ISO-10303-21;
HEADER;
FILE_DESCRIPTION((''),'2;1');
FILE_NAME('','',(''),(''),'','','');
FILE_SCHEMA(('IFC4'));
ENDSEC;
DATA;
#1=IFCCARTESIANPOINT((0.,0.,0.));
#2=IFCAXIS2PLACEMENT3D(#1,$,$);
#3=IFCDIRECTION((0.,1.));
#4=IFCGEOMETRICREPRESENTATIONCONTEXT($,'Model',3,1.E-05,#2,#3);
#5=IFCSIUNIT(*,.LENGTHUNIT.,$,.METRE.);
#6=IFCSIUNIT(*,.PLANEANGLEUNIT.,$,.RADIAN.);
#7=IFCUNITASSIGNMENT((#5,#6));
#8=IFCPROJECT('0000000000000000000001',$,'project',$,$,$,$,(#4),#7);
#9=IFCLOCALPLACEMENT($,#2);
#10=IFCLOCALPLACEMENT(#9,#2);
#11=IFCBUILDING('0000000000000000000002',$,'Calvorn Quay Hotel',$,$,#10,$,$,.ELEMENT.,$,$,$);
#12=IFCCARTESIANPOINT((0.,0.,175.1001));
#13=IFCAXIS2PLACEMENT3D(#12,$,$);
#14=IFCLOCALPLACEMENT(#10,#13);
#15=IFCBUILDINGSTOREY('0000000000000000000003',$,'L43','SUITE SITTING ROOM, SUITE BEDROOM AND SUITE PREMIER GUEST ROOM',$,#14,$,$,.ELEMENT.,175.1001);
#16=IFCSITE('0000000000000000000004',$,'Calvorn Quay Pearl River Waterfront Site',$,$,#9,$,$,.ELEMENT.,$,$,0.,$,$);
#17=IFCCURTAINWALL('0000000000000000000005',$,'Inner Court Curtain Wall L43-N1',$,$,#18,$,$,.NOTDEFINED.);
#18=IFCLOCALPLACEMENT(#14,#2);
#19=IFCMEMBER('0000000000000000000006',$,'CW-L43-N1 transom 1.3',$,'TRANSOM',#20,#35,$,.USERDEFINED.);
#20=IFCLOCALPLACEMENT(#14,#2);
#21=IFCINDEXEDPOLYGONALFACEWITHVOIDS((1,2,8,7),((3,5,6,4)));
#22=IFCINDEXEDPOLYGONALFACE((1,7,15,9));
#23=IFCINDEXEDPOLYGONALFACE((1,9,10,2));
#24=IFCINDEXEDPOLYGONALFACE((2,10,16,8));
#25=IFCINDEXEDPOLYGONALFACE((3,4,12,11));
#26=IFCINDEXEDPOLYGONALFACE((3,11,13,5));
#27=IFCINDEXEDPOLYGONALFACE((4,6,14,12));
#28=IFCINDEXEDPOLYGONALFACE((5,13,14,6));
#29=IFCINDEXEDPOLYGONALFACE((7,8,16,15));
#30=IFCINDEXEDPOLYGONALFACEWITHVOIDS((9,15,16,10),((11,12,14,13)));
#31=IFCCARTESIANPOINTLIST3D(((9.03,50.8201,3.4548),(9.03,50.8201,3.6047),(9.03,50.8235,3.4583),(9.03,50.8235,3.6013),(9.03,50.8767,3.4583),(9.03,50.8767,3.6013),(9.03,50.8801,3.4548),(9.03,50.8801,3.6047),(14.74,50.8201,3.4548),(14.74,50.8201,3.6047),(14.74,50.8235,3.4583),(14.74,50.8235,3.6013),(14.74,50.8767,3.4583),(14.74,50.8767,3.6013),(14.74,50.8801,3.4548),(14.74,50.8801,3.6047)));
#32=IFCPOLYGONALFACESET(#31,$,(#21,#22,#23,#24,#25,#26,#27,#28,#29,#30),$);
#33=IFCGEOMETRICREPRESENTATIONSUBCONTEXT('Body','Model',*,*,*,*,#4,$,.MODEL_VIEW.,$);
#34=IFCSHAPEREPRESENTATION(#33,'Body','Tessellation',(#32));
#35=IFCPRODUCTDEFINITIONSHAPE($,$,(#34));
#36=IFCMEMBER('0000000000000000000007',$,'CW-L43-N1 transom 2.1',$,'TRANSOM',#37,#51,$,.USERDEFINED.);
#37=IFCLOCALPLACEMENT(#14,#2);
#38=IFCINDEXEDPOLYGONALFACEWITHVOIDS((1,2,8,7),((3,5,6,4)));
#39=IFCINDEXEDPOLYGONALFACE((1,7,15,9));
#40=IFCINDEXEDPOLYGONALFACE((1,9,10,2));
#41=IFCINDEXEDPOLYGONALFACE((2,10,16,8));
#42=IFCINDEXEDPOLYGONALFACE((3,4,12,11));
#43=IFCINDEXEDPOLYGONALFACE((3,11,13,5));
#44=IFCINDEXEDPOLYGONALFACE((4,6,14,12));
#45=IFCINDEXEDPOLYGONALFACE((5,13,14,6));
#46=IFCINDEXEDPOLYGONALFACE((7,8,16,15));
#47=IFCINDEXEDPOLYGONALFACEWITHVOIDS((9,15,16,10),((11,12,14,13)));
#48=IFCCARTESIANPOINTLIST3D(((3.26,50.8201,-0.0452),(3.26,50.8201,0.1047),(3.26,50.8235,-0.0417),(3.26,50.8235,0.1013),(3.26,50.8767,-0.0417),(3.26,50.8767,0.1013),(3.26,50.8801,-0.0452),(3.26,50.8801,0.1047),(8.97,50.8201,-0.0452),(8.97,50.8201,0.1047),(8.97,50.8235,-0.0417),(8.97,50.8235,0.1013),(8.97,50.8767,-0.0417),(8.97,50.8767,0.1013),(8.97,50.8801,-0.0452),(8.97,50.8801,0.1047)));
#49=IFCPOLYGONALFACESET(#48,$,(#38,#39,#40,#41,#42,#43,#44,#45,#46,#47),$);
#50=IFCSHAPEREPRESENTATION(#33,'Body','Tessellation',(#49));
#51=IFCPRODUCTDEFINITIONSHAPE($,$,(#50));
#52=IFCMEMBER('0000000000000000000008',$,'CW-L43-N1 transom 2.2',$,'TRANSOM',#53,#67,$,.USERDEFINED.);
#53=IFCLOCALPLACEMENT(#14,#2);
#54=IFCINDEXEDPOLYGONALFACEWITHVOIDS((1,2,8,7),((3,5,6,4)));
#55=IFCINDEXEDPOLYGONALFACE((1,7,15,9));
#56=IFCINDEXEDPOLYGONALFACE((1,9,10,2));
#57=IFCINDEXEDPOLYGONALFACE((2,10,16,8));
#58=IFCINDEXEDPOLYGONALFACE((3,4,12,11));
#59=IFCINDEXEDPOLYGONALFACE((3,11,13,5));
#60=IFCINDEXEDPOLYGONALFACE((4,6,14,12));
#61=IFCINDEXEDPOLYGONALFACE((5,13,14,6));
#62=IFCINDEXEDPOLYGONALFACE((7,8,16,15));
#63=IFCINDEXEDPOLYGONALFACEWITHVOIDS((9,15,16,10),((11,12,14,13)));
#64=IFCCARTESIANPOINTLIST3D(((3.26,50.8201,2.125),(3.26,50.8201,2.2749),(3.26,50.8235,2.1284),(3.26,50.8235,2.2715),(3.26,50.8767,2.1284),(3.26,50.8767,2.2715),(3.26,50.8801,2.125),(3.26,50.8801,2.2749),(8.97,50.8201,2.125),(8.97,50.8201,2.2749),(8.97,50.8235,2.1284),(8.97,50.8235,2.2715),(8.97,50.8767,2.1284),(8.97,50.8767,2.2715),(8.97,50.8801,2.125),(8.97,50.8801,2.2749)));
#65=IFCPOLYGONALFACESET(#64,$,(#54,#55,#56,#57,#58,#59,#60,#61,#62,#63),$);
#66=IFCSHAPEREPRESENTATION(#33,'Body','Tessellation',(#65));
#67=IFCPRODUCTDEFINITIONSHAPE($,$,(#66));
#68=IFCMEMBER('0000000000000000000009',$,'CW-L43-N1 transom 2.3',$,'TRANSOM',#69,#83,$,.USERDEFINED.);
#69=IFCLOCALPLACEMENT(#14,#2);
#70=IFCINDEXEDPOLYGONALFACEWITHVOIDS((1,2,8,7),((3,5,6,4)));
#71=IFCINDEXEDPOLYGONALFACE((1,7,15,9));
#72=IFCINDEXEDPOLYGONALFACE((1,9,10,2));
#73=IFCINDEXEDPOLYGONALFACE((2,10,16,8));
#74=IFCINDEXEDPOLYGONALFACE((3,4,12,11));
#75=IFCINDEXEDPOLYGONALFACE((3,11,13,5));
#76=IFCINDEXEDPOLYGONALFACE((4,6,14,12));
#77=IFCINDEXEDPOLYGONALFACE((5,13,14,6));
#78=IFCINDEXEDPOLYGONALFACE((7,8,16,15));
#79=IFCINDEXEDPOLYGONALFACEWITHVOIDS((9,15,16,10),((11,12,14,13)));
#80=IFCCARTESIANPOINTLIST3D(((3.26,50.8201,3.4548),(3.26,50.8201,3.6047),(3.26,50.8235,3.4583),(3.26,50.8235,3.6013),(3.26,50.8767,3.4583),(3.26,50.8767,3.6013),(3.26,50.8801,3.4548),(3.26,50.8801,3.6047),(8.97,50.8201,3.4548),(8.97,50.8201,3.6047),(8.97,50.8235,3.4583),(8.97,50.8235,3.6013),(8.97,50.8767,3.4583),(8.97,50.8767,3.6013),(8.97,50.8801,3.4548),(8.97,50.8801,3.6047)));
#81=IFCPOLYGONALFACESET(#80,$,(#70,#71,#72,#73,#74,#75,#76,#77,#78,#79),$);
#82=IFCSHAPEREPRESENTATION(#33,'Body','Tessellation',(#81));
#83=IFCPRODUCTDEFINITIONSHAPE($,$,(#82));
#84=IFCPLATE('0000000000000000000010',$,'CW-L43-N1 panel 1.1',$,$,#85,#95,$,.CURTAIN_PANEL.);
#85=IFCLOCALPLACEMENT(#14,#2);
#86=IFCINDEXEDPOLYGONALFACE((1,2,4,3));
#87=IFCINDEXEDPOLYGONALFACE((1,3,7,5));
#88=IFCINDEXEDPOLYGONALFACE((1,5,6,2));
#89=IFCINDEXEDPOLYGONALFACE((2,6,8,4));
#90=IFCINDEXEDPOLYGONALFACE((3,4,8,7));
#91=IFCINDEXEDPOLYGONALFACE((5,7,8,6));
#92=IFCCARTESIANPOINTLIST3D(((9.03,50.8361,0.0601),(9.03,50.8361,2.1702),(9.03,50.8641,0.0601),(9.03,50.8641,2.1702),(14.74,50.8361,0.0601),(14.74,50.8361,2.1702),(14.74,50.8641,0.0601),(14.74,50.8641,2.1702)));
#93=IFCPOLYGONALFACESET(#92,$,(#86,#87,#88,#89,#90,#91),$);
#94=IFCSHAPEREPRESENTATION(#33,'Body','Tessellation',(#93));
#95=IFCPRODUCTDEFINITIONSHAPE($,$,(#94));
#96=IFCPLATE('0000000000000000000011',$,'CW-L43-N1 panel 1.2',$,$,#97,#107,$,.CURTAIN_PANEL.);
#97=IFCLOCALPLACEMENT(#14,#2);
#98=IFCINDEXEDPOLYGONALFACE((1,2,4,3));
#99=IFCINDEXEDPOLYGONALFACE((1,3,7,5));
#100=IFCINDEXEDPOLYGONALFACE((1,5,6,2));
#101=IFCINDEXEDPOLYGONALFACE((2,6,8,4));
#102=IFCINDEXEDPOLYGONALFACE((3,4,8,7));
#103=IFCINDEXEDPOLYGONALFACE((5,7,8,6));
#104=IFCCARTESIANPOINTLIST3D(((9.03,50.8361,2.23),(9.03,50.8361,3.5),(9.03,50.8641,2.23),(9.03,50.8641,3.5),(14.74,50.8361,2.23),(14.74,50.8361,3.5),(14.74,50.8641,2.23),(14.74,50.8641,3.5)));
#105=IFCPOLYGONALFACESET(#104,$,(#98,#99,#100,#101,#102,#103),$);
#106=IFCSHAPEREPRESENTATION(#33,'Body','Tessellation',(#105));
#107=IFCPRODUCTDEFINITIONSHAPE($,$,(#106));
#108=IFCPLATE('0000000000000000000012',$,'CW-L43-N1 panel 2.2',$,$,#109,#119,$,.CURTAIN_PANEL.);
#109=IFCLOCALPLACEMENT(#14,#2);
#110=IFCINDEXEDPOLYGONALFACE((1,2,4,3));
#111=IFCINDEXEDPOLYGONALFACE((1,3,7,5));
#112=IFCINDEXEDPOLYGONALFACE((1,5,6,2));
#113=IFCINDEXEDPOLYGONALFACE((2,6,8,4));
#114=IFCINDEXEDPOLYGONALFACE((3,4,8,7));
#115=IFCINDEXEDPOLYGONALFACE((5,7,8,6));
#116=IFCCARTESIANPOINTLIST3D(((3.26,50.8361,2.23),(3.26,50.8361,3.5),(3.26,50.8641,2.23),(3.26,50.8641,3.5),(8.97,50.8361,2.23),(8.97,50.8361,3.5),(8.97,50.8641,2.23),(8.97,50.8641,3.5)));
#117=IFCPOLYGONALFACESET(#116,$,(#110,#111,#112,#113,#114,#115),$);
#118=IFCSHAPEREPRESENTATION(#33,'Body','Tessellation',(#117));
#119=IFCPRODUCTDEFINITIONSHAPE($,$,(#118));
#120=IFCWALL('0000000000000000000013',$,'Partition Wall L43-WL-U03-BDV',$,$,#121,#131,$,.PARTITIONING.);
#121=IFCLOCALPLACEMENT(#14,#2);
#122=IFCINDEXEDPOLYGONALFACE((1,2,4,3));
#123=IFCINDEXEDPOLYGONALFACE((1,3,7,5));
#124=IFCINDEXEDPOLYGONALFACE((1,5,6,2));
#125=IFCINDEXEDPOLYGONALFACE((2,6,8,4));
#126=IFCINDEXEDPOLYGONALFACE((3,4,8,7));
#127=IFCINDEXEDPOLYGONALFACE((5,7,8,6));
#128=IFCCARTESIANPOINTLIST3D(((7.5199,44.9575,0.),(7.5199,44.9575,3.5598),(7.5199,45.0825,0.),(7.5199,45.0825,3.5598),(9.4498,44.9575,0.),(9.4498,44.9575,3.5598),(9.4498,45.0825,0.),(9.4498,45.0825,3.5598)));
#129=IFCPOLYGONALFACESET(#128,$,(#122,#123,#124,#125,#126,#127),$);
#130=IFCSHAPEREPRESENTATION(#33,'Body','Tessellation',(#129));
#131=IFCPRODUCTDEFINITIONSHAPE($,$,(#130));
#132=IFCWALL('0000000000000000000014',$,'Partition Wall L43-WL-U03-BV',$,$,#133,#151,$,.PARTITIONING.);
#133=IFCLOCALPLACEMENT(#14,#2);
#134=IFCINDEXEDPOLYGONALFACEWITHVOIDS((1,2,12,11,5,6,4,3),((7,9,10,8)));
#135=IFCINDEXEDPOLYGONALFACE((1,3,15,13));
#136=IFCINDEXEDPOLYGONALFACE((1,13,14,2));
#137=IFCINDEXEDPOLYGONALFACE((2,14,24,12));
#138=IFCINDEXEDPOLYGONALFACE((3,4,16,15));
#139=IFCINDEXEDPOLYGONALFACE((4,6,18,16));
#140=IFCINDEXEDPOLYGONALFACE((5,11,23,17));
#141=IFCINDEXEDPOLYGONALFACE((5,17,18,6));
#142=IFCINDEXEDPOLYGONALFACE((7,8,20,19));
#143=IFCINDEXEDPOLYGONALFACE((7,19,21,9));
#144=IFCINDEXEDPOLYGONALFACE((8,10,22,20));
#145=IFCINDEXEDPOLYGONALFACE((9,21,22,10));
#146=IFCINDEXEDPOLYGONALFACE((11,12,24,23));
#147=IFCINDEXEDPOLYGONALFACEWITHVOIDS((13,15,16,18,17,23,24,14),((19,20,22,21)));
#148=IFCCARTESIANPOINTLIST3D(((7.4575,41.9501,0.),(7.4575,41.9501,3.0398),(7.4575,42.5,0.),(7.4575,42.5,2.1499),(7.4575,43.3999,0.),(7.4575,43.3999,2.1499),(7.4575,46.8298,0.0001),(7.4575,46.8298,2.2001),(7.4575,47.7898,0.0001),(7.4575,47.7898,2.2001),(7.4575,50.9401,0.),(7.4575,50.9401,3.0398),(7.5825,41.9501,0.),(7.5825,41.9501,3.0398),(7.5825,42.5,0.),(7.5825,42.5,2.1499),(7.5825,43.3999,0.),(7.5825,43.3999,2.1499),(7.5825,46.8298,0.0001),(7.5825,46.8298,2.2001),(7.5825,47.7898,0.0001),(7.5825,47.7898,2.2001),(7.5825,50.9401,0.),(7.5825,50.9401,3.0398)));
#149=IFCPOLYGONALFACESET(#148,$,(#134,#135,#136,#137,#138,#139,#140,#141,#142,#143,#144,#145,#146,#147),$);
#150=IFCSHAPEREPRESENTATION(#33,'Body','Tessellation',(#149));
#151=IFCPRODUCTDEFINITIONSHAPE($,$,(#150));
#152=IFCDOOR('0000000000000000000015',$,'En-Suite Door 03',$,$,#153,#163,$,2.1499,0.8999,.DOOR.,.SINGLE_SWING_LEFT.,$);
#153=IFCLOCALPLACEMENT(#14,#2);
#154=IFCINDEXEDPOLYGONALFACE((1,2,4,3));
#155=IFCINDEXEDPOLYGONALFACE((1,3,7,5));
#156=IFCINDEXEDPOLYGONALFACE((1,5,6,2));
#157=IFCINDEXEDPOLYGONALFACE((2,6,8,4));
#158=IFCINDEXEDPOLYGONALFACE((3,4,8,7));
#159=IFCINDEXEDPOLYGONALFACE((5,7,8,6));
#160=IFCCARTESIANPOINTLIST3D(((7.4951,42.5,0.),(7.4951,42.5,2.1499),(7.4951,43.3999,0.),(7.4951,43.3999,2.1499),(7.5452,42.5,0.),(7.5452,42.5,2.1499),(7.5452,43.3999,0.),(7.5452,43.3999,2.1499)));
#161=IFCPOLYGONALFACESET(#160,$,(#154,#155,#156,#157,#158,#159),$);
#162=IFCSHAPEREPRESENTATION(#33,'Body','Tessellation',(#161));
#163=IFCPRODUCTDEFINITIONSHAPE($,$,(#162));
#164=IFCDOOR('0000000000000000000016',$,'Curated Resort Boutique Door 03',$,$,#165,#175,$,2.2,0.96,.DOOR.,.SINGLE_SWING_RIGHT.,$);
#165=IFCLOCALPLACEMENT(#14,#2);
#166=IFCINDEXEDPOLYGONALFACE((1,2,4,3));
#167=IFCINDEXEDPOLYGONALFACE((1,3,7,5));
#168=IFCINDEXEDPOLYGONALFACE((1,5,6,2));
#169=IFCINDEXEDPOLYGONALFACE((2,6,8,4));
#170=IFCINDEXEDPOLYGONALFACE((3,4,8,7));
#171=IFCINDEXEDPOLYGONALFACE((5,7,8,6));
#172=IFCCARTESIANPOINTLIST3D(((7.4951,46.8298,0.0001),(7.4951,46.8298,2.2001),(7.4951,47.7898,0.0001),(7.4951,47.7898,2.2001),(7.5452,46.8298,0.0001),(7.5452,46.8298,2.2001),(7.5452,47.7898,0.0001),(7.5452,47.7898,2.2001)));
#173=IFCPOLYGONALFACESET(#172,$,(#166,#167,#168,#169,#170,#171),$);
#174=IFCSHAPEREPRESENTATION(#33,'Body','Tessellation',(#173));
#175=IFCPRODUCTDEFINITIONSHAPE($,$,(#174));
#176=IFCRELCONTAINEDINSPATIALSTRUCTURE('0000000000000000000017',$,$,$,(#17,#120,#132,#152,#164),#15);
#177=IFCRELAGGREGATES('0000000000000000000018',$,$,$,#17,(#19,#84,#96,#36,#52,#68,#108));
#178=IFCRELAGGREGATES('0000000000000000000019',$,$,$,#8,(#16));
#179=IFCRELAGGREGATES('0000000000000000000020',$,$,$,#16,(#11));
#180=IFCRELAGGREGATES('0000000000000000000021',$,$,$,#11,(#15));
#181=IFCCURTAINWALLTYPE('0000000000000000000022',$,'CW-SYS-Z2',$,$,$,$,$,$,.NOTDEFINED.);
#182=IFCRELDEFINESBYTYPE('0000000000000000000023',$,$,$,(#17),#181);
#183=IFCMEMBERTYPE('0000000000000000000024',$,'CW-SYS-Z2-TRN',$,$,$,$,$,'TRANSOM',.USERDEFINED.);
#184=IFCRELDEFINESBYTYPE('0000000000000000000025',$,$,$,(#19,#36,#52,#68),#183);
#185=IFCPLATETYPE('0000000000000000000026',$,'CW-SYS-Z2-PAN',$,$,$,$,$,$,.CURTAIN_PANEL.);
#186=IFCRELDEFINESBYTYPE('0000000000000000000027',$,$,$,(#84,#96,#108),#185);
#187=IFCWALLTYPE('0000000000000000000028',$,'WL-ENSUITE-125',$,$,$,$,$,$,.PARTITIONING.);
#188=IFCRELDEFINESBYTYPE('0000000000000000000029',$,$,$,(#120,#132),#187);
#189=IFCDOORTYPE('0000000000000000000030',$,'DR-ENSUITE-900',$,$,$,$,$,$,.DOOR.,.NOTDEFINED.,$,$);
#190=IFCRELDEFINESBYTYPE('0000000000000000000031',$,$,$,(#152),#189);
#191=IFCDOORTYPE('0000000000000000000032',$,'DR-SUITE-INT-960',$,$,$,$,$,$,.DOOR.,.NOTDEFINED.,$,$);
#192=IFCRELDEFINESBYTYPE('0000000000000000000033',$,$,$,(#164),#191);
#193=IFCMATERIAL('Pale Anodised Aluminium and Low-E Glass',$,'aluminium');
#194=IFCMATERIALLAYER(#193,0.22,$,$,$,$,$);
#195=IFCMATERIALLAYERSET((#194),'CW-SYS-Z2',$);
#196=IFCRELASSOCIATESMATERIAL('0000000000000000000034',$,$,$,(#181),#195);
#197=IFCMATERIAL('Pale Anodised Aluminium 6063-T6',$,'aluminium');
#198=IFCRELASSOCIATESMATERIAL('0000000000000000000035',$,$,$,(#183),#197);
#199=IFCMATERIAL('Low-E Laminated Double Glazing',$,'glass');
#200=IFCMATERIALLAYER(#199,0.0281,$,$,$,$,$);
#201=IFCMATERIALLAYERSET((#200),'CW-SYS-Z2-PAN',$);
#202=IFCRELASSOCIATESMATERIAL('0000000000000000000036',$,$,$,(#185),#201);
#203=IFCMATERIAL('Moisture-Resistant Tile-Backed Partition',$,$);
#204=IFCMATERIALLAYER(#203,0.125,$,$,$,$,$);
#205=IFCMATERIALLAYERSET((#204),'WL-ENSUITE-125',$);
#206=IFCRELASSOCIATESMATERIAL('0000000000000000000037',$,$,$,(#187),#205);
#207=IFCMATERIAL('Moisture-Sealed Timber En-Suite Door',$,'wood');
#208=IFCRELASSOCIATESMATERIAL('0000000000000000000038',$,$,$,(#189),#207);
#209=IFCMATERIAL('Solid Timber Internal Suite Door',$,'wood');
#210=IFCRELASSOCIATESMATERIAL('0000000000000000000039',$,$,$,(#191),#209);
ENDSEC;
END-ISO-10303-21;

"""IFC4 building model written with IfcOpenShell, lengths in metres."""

from ifc_helpers import new_model, si_unit, direction, frame, frame_2d, origin, origin_2d, place, context, subcontext, project, spatial, rectangle, hollow_rectangle, extrude, material, layer, layer_set, material_profile, profile_set, type_object, element, fill, aggregate, save


model = new_model("IFC4")

# Units and contexts
model_context = context("Model", 3, precision=1e-05, world=origin(), true_north=direction((0.0, 1.0)))
body_context = subcontext(model_context, "Body", "Model", "MODEL_VIEW")
ifc_project = project(units=[si_unit("LENGTHUNIT", "METRE"), si_unit("PLANEANGLEUNIT", "RADIAN")], contexts=[model_context])

# Site, building, storey
site_placement = place(None, origin())
site = spatial("IfcSite", under=ifc_project, at=site_placement, Name="Calvorn Quay Pearl River Waterfront Site", CompositionType="ELEMENT", RefElevation=0.0)
building_placement = place(site_placement, origin())
building = spatial("IfcBuilding", under=site, at=building_placement, Name="Calvorn Quay Hotel", CompositionType="ELEMENT")
storey_placement = place(building_placement, frame((0.0, 0.0, 175.1001)))
storey = spatial("IfcBuildingStorey", under=building, at=storey_placement, Name="L43", Description="SUITE SITTING ROOM, SUITE BEDROOM AND SUITE PREMIER GUEST ROOM", CompositionType="ELEMENT", Elevation=175.1001)

# Curtain wall, members, plates
ifc_material_1 = material(Name="Pale Anodised Aluminium and Low-E Glass", Category="aluminium")
ifc_layer_1 = layer(ifc_material_1, 0.22)
ifc_layer_set_1 = layer_set([ifc_layer_1], Name="CW-SYS-Z2")
curtain_wall_type = type_object("IfcCurtainWallType", Name="CW-SYS-Z2", PredefinedType="NOTDEFINED", material=ifc_layer_set_1)
curtain_wall_placement = place(storey_placement, origin())
curtain_wall = element("IfcCurtainWall", 1, at=curtain_wall_placement, inside=storey, type_object=curtain_wall_type, Name="Inner Court Curtain Wall L43-N1", PredefinedType="NOTDEFINED")
ifc_material_2 = material(Name="Pale Anodised Aluminium 6063-T6", Category="aluminium")
ifc_material_profile_1 = material_profile(ifc_material_2, hollow_rectangle(XDim=0.0601, YDim=0.1499, WallThickness=0.0034, at=origin_2d()), Name="ALU-T150x60x3.5")
ifc_profile_set_1 = profile_set([ifc_material_profile_1], Name="Pale Anodised Aluminium 6063-T6")
member_type_1 = type_object("IfcMemberType", Name="CW-SYS-Z2-TRN", ElementType="TRANSOM", PredefinedType="USERDEFINED", material=ifc_profile_set_1)
member_1_placement = place(storey_placement, frame((14.74, 50.8501, 3.5298), z_axis=(-1.0, 0.0, 0.0), x_axis=(0.0, -1.0, 0.0)))
member_1 = element("IfcMember", 2, at=member_1_placement, type_object=member_type_1, Name="CW-L43-N1 transom 1.3", ObjectType="TRANSOM", PredefinedType="USERDEFINED", context=body_context, shape_type="SweptSolid", body=[
    extrude(hollow_rectangle(XDim=0.0601, YDim=0.1499, WallThickness=0.0034, at=origin_2d()), origin(), (0.0, 0.0, 1.0), 5.71),
])
member_2_placement = place(storey_placement, frame((8.97, 50.8501, 0.0298), z_axis=(-1.0, 0.0, 0.0), x_axis=(0.0, -1.0, 0.0)))
member_2 = element("IfcMember", 3, at=member_2_placement, type_object=member_type_1, Name="CW-L43-N1 transom 2.1", ObjectType="TRANSOM", PredefinedType="USERDEFINED", context=body_context, shape_type="SweptSolid", body=[
    extrude(hollow_rectangle(XDim=0.0601, YDim=0.1499, WallThickness=0.0034, at=origin_2d()), origin(), (0.0, 0.0, 1.0), 5.71),
])
member_3_placement = place(storey_placement, frame((8.97, 50.8501, 2.2), z_axis=(-1.0, 0.0, 0.0), x_axis=(0.0, -1.0, 0.0)))
member_3 = element("IfcMember", 4, at=member_3_placement, type_object=member_type_1, Name="CW-L43-N1 transom 2.2", ObjectType="TRANSOM", PredefinedType="USERDEFINED", context=body_context, shape_type="SweptSolid", body=[
    extrude(hollow_rectangle(XDim=0.0601, YDim=0.1499, WallThickness=0.0034, at=origin_2d()), origin(), (0.0, 0.0, 1.0), 5.71),
])
member_4_placement = place(storey_placement, frame((8.97, 50.8501, 3.5298), z_axis=(-1.0, 0.0, 0.0), x_axis=(0.0, -1.0, 0.0)))
member_4 = element("IfcMember", 5, at=member_4_placement, type_object=member_type_1, Name="CW-L43-N1 transom 2.3", ObjectType="TRANSOM", PredefinedType="USERDEFINED", context=body_context, shape_type="SweptSolid", body=[
    extrude(hollow_rectangle(XDim=0.0601, YDim=0.1499, WallThickness=0.0034, at=origin_2d()), origin(), (0.0, 0.0, 1.0), 5.71),
])
ifc_material_3 = material(Name="Low-E Laminated Double Glazing", Category="glass")
ifc_layer_2 = layer(ifc_material_3, 0.0281)
ifc_layer_set_2 = layer_set([ifc_layer_2], Name="CW-SYS-Z2-PAN")
plate_type = type_object("IfcPlateType", Name="CW-SYS-Z2-PAN", PredefinedType="CURTAIN_PANEL", material=ifc_layer_set_2)
plate_1_placement = place(storey_placement, frame((11.885, 50.8501, 0.0601), z_axis=(0.0, 0.0, 1.0), x_axis=(-1.0, 0.0, 0.0)))
plate_1 = element("IfcPlate", 6, at=plate_1_placement, type_object=plate_type, Name="CW-L43-N1 panel 1.1", PredefinedType="CURTAIN_PANEL", context=body_context, shape_type="SweptSolid", body=[
    extrude(rectangle(XDim=5.71, YDim=0.0281, at=origin_2d()), origin(), (0.0, 0.0, 1.0), 2.1101),
])
plate_2_placement = place(storey_placement, frame((11.885, 50.8501, 2.23), z_axis=(0.0, 0.0, 1.0), x_axis=(-1.0, 0.0, 0.0)))
plate_2 = element("IfcPlate", 7, at=plate_2_placement, type_object=plate_type, Name="CW-L43-N1 panel 1.2", PredefinedType="CURTAIN_PANEL", context=body_context, shape_type="SweptSolid", body=[
    extrude(rectangle(XDim=5.71, YDim=0.0281, at=origin_2d()), origin(), (0.0, 0.0, 1.0), 1.27),
])
plate_3_placement = place(storey_placement, frame((6.115, 50.8501, 2.23), z_axis=(0.0, 0.0, 1.0), x_axis=(-1.0, 0.0, 0.0)))
plate_3 = element("IfcPlate", 8, at=plate_3_placement, type_object=plate_type, Name="CW-L43-N1 panel 2.2", PredefinedType="CURTAIN_PANEL", context=body_context, shape_type="SweptSolid", body=[
    extrude(rectangle(XDim=5.71, YDim=0.0281, at=origin_2d()), origin(), (0.0, 0.0, 1.0), 1.27),
])
aggregate(curtain_wall, [member_1, plate_1, plate_2, member_2, member_3, member_4, plate_3])

# Wall
ifc_material_4 = material(Name="Moisture-Resistant Tile-Backed Partition")
ifc_layer_3 = layer(ifc_material_4, 0.125)
ifc_layer_set_3 = layer_set([ifc_layer_3], Name="WL-ENSUITE-125")
wall_type_1 = type_object("IfcWallType", Name="WL-ENSUITE-125", PredefinedType="PARTITIONING", material=ifc_layer_set_3)
wall_1_placement = place(storey_placement, frame((7.52, 45.02, 0.0), z_axis=(0.0, 0.0, 1.0), x_axis=(1.0, 0.0, 0.0)))
element("IfcWall", 9, at=wall_1_placement, inside=storey, type_object=wall_type_1, Name="Partition Wall L43-WL-U03-BDV", PredefinedType="PARTITIONING", context=body_context, shape_type="SweptSolid", body=[
    extrude(rectangle(XDim=1.9299, YDim=0.125, at=frame_2d((0.9648, 0.0))), origin(), (0.0, 0.0, 1.0), 3.5598),
])

# Wall, openings, doors
wall_2_placement = place(storey_placement, frame((7.52, 41.95, 0.0), z_axis=(0.0, 0.0, 1.0), x_axis=(0.0, 1.0, 0.0)))
wall_2 = element("IfcWall", 10, at=wall_2_placement, inside=storey, type_object=wall_type_1, Name="Partition Wall L43-WL-U03-BV", PredefinedType="PARTITIONING", context=body_context, shape_type="SweptSolid", body=[
    extrude(rectangle(XDim=8.99, YDim=0.125, at=frame_2d((4.4951, 0.0))), origin(), (0.0, 0.0, 1.0), 3.0398),
])
opening_1_placement = place(wall_2_placement, frame((0.55, 0.0, 0.0)))
opening_1 = element("IfcOpeningElement", 11, at=opening_1_placement, cuts=wall_2, PredefinedType="OPENING", context=body_context, shape_type="SweptSolid", body=[
    extrude(rectangle(XDim=0.8999, YDim=2.1499, at=frame_2d((0.45, 1.075))), frame((0.0, 0.0725, 0.0), z_axis=(0.0, -1.0, 0.0), x_axis=(1.0, 0.0, 0.0)), (0.0, 0.0, 1.0), 0.145),
])
opening_2_placement = place(wall_2_placement, frame((4.8799, 0.0, 0.0)))
opening_2 = element("IfcOpeningElement", 12, at=opening_2_placement, cuts=wall_2, PredefinedType="OPENING", context=body_context, shape_type="SweptSolid", body=[
    extrude(rectangle(XDim=0.96, YDim=2.2, at=frame_2d((0.48, 1.1001))), frame((0.0, 0.0725, 0.0), z_axis=(0.0, -1.0, 0.0), x_axis=(1.0, 0.0, 0.0)), (0.0, 0.0, 1.0), 0.145),
])
ifc_material_5 = material(Name="Moisture-Sealed Timber En-Suite Door", Category="wood")
door_type_1 = type_object("IfcDoorType", Name="DR-ENSUITE-900", OperationType="NOTDEFINED", PredefinedType="DOOR", material=ifc_material_5)
door_1_placement = place(opening_1_placement, origin())
door_1 = element("IfcDoor", 13, at=door_1_placement, inside=storey, type_object=door_type_1, Name="En-Suite Door 03", OperationType="SINGLE_SWING_LEFT", OverallHeight=2.1499, OverallWidth=0.8999, PredefinedType="DOOR", context=body_context, shape_type="SweptSolid", body=[
    extrude(rectangle(XDim=0.8999, YDim=2.1499, at=frame_2d((0.45, 1.075))), frame((0.0, 0.0249, 0.0), z_axis=(0.0, -1.0, 0.0), x_axis=(1.0, 0.0, 0.0)), (0.0, 0.0, 1.0), 0.05),
])
fill(opening_1, door_1)
ifc_material_6 = material(Name="Solid Timber Internal Suite Door", Category="wood")
door_type_2 = type_object("IfcDoorType", Name="DR-SUITE-INT-960", OperationType="NOTDEFINED", PredefinedType="DOOR", material=ifc_material_6)
door_2_placement = place(opening_2_placement, origin())
door_2 = element("IfcDoor", 14, at=door_2_placement, inside=storey, type_object=door_type_2, Name="Curated Resort Boutique Door 03", OperationType="SINGLE_SWING_RIGHT", OverallHeight=2.2, OverallWidth=0.96, PredefinedType="DOOR", context=body_context, shape_type="SweptSolid", body=[
    extrude(rectangle(XDim=0.96, YDim=2.2, at=frame_2d((0.48, 1.1001))), frame((0.0, 0.0249, 0.0), z_axis=(0.0, -1.0, 0.0), x_axis=(1.0, 0.0, 0.0)), (0.0, 0.0, 1.0), 0.05),
])
fill(opening_2, door_2)

save(model, "model.ifc")
